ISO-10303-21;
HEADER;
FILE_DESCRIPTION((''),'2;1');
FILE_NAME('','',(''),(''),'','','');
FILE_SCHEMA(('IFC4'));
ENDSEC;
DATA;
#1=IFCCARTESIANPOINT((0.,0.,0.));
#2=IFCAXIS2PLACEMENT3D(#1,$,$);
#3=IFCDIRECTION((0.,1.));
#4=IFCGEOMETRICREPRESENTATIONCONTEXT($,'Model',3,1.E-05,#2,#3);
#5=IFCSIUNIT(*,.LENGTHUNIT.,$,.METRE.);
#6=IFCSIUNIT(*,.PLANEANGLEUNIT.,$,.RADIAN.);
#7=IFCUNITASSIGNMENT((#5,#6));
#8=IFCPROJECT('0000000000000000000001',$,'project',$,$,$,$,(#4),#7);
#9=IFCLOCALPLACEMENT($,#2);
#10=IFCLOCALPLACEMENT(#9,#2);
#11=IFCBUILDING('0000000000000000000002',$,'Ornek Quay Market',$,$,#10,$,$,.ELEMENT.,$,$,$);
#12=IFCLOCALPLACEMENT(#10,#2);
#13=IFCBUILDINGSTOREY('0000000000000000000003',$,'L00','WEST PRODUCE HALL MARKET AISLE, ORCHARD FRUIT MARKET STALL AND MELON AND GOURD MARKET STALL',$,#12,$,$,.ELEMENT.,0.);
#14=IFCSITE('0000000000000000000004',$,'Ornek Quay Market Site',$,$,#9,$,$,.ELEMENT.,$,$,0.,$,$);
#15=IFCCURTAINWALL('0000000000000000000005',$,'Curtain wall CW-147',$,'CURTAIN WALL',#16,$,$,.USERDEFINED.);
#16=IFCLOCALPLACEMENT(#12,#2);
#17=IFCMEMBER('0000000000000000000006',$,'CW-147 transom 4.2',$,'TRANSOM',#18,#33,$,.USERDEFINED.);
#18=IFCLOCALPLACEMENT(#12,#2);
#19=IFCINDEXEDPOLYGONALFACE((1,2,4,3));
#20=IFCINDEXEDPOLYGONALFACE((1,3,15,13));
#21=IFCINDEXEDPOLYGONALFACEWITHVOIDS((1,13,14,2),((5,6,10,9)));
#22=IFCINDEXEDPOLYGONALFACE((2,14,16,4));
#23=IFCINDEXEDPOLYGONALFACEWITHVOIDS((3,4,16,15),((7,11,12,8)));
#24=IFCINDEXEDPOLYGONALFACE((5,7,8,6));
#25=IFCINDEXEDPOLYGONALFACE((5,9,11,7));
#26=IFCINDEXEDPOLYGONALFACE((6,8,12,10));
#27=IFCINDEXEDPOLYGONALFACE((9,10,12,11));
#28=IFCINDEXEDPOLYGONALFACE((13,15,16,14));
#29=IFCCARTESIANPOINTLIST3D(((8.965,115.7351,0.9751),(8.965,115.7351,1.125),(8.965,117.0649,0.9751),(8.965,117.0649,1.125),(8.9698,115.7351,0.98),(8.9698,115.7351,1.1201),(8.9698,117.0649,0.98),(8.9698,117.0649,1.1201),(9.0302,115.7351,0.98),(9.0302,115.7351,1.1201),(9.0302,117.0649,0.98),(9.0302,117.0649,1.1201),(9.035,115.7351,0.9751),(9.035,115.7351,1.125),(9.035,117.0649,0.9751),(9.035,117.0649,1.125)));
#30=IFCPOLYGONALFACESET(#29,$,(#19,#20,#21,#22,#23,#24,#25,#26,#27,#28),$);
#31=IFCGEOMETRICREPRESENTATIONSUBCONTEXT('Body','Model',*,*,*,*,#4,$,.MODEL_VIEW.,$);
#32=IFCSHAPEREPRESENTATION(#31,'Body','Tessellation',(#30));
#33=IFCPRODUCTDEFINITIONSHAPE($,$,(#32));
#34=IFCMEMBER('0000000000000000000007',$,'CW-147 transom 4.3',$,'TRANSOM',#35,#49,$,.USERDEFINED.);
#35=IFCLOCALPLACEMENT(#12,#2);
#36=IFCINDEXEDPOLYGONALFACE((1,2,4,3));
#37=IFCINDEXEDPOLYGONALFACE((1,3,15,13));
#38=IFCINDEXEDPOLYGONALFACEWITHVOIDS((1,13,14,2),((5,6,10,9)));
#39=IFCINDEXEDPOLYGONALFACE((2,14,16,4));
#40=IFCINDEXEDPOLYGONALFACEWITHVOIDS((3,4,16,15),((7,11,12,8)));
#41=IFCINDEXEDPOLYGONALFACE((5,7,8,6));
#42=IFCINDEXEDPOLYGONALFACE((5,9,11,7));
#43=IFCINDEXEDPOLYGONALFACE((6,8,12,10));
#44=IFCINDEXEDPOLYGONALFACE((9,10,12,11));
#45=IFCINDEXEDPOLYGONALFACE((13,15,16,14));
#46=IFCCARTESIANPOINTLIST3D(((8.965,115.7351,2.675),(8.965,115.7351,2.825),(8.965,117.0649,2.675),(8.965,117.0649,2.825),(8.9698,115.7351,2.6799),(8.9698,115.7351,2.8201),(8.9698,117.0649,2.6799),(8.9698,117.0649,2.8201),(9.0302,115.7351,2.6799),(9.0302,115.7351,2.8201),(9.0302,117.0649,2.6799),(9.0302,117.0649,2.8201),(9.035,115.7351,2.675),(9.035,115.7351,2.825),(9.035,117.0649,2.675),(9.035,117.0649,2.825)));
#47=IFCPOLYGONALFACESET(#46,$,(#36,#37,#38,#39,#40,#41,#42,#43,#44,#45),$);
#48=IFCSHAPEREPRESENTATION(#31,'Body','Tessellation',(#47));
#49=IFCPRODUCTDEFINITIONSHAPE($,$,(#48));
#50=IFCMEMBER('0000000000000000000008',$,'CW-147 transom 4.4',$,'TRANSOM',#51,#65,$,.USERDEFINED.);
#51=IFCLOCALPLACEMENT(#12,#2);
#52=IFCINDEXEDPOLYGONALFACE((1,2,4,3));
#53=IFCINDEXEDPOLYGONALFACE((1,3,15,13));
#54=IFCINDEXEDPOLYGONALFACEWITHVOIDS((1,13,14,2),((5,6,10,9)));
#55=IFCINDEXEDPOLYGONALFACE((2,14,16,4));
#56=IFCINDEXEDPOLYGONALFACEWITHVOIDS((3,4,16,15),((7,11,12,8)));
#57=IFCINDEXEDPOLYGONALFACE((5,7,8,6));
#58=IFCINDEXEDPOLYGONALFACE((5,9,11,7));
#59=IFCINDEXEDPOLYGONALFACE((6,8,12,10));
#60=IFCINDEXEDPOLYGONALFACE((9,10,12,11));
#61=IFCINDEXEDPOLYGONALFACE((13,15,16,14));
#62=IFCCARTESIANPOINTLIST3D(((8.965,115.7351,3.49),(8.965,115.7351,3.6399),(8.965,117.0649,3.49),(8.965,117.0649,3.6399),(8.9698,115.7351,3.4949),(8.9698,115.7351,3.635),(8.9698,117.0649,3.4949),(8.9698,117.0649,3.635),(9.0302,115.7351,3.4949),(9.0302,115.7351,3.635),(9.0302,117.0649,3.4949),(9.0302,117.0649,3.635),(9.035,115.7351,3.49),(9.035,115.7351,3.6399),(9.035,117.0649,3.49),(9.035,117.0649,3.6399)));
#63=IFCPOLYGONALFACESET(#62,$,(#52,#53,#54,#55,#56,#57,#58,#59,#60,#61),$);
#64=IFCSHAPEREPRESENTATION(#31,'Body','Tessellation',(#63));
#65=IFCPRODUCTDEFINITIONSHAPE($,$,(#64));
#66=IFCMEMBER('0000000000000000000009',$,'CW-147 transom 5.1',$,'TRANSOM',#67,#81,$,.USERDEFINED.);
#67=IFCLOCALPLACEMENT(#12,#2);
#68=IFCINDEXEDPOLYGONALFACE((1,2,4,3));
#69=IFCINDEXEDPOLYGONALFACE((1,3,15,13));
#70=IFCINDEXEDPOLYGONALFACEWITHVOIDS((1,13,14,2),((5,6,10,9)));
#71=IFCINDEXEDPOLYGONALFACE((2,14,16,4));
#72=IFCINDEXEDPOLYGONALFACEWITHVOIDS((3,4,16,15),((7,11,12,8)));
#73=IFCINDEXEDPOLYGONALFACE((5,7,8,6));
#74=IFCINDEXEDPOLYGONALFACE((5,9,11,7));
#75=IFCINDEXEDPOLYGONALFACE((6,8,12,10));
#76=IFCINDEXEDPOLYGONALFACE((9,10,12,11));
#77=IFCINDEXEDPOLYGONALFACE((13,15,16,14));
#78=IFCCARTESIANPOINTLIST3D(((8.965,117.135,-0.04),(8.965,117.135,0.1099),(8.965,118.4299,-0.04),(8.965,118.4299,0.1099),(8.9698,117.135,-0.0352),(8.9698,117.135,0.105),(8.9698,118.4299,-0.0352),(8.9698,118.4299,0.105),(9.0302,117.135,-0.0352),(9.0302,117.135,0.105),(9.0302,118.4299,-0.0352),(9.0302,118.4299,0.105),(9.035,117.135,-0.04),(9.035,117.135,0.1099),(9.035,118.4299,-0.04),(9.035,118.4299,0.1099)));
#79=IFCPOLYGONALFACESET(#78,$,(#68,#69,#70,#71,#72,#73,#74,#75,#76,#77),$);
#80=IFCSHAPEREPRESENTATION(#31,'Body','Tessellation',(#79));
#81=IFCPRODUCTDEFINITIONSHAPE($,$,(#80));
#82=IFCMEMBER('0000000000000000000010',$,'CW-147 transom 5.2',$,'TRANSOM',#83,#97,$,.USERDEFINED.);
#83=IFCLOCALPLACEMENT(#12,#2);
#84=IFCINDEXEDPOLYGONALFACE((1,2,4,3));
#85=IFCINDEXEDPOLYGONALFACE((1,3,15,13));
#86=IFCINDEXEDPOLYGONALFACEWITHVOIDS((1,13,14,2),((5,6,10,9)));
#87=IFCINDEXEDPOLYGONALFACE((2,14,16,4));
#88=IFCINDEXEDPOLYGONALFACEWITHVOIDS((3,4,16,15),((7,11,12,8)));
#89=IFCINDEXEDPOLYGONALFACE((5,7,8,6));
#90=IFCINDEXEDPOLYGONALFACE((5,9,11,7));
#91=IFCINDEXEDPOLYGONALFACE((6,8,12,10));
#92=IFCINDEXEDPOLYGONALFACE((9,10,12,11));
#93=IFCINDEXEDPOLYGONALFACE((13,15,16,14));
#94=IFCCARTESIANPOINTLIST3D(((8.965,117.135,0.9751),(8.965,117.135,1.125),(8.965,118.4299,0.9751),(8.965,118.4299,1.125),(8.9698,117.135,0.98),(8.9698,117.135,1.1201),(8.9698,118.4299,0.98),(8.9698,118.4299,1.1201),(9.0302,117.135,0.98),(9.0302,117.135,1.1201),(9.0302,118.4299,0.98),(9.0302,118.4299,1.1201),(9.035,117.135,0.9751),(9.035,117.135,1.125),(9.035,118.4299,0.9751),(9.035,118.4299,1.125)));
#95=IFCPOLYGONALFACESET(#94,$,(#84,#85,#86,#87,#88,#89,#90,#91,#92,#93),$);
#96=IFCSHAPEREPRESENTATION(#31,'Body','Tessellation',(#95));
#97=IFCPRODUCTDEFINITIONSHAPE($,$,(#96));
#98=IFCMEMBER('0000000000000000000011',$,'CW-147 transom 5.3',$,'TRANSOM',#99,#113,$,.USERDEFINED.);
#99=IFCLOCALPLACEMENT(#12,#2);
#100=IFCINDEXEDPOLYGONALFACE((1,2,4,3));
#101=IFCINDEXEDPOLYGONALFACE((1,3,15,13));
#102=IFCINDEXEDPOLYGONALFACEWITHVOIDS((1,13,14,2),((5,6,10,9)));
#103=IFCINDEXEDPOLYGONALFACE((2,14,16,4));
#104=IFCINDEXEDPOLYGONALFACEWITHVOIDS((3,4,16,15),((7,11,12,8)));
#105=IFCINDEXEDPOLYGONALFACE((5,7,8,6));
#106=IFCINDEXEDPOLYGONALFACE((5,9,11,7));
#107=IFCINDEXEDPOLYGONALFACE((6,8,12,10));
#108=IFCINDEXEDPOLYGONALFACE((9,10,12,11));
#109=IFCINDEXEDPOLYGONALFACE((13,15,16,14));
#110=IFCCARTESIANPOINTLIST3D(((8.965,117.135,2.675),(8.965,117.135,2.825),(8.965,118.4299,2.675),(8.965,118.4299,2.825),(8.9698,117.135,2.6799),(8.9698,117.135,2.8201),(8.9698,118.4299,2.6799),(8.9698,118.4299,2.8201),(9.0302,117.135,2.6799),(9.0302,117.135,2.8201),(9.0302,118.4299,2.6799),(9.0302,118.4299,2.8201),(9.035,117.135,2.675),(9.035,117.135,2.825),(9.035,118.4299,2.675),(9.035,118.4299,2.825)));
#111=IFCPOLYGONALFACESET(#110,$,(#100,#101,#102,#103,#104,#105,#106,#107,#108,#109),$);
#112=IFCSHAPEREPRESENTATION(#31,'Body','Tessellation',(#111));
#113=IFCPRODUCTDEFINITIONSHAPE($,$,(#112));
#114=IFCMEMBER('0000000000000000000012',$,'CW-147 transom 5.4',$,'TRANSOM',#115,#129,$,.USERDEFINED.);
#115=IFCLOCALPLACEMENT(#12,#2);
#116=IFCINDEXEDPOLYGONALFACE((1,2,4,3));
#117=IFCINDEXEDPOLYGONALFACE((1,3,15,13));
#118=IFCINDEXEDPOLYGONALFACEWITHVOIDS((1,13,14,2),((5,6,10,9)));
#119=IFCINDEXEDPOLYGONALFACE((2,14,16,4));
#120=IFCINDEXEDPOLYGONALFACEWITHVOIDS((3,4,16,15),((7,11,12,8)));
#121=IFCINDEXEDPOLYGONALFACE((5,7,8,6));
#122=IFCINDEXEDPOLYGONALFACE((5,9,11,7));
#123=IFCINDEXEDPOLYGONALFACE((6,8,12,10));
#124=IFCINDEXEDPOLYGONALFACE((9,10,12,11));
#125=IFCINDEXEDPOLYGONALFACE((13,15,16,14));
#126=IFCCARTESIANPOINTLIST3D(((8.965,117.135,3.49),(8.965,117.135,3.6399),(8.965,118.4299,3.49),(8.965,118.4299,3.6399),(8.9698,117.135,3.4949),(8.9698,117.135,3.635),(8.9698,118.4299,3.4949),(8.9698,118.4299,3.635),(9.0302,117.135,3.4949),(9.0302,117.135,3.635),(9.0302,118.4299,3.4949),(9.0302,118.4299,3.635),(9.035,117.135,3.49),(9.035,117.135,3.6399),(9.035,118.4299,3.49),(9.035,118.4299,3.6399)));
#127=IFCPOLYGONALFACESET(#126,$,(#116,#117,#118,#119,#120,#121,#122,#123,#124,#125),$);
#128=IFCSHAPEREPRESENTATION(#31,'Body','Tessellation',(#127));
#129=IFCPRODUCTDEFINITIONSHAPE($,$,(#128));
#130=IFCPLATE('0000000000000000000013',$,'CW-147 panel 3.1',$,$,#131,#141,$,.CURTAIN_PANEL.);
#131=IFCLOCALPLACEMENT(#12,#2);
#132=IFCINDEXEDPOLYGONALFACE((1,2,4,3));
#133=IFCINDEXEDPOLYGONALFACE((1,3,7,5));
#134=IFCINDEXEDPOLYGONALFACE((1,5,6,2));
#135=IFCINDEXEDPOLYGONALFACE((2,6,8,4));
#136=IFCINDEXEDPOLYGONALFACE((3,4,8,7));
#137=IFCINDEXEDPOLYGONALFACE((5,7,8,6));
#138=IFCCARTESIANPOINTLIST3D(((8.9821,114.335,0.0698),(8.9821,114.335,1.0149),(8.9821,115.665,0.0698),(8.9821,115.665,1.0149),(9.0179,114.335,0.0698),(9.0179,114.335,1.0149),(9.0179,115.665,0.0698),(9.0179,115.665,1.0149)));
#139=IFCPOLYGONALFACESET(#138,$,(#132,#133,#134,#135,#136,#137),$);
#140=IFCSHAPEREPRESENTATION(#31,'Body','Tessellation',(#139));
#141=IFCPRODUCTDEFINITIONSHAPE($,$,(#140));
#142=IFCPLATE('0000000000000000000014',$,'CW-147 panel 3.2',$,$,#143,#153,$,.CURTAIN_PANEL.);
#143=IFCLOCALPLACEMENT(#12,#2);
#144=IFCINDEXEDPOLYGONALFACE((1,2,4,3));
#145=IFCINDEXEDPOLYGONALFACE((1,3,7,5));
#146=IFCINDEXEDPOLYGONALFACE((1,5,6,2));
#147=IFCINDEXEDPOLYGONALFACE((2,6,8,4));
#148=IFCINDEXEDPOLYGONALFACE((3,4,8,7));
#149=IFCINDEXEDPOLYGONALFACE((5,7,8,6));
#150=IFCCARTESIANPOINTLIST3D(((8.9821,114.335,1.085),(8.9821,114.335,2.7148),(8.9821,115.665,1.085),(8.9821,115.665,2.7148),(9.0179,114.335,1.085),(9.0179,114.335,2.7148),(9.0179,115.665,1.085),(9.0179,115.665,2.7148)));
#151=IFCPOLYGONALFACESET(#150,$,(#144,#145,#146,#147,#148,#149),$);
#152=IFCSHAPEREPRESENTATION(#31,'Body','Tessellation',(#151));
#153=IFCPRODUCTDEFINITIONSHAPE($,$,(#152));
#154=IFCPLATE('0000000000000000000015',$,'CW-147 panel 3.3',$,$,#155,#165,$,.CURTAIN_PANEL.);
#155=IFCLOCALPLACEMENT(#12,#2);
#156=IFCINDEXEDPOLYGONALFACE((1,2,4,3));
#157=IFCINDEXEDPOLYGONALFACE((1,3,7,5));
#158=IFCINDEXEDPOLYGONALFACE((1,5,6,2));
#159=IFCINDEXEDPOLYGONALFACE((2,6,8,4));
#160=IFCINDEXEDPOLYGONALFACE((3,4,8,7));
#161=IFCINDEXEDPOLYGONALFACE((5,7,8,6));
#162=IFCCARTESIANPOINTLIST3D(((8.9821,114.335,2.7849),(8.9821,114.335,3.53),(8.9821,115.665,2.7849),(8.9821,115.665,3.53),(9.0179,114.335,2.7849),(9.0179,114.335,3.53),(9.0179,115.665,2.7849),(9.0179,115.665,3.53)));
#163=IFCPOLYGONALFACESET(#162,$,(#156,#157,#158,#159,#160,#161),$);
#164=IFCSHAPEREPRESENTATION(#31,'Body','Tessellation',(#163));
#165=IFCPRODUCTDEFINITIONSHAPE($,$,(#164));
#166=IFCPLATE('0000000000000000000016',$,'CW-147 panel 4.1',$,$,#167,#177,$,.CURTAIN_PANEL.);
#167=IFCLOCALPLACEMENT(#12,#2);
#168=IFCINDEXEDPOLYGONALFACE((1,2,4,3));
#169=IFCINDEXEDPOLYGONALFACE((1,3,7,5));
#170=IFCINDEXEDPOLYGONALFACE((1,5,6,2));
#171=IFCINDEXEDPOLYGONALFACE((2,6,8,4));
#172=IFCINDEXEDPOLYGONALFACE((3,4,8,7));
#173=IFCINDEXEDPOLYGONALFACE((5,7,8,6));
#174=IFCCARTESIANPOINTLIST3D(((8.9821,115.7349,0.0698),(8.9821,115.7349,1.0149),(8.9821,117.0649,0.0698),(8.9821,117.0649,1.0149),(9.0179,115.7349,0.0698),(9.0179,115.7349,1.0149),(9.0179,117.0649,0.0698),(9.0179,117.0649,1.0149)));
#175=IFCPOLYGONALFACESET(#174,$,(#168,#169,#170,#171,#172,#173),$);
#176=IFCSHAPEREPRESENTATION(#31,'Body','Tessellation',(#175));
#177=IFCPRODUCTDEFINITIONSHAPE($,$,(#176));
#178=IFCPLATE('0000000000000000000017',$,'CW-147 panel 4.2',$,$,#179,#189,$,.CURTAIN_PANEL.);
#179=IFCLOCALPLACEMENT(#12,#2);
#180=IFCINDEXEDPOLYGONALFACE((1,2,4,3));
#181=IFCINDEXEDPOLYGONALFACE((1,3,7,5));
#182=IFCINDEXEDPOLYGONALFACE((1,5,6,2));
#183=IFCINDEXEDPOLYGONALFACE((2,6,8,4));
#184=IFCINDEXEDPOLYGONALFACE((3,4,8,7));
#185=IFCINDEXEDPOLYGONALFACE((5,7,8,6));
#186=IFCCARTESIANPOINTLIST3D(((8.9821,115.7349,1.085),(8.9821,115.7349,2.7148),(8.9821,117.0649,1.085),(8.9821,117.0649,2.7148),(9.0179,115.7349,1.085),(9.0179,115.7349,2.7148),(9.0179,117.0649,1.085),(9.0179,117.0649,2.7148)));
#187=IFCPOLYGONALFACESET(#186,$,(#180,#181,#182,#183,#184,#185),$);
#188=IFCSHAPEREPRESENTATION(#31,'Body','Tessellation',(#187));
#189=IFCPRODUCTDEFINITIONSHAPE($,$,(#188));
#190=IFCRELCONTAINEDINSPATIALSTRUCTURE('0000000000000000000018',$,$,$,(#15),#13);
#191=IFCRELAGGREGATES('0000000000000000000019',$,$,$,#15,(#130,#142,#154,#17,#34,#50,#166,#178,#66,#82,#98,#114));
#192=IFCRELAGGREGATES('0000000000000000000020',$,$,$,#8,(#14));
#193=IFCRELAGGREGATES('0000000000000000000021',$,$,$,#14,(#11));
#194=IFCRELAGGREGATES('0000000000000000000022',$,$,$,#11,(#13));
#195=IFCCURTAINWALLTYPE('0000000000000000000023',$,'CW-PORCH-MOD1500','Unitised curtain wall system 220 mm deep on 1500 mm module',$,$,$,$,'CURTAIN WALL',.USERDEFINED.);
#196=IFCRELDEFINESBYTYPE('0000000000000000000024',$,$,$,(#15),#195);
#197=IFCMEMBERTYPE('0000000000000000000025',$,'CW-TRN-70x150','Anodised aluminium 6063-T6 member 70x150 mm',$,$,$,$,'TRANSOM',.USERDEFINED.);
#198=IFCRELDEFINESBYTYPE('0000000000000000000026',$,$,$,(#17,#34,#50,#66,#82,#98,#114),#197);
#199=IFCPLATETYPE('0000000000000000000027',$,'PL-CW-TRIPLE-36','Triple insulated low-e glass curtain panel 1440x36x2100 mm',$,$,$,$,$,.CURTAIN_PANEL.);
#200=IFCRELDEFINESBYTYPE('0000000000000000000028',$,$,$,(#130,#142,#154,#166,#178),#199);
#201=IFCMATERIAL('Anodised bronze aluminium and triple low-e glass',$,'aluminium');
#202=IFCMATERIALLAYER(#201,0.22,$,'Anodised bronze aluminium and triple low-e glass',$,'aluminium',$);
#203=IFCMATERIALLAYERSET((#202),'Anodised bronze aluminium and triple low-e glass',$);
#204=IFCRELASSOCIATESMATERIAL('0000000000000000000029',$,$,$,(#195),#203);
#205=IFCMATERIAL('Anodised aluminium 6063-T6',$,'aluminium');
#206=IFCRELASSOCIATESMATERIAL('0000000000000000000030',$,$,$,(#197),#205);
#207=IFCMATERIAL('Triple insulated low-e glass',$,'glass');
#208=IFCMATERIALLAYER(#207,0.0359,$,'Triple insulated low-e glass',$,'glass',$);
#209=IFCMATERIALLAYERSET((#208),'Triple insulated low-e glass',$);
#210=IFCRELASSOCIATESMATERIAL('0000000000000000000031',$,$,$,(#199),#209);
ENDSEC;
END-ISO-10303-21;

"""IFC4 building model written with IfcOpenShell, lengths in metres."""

from ifc_helpers import new_model, si_unit, direction, frame, origin, origin_2d, place, context, subcontext, project, spatial, rectangle, hollow_rectangle, extrude, material, layer, layer_set, material_profile, profile_set, type_object, element, aggregate, save


model = new_model("IFC4")

# Units and contexts
model_context = context("Model", 3, precision=1e-05, world=origin(), true_north=direction((0.0, 1.0)))
body_context = subcontext(model_context, "Body", "Model", "MODEL_VIEW")
ifc_project = project(units=[si_unit("LENGTHUNIT", "METRE"), si_unit("PLANEANGLEUNIT", "RADIAN")], contexts=[model_context])

# Site, building, storey
site_placement = place(None, origin())
site = spatial("IfcSite", under=ifc_project, at=site_placement, Name="Ornek Quay Market Site", CompositionType="ELEMENT", RefElevation=0.0)
building_placement = place(site_placement, origin())
building = spatial("IfcBuilding", under=site, at=building_placement, Name="Ornek Quay Market", CompositionType="ELEMENT")
storey_placement = place(building_placement, origin())
storey = spatial("IfcBuildingStorey", under=building, at=storey_placement, Name="L00", Description="WEST PRODUCE HALL MARKET AISLE, ORCHARD FRUIT MARKET STALL AND MELON AND GOURD MARKET STALL", CompositionType="ELEMENT", Elevation=0.0)

# Curtain wall, members, plates
ifc_material_1 = material(Name="Anodised bronze aluminium and triple low-e glass", Category="aluminium")
ifc_layer_1 = layer(ifc_material_1, 0.22, Name="Anodised bronze aluminium and triple low-e glass", Category="aluminium")
ifc_layer_set_1 = layer_set([ifc_layer_1], Name="Anodised bronze aluminium and triple low-e glass")
curtain_wall_type = type_object("IfcCurtainWallType", Name="CW-PORCH-MOD1500", Description="Unitised curtain wall system 220 mm deep on 1500 mm module", ElementType="CURTAIN WALL", PredefinedType="USERDEFINED", material=ifc_layer_set_1)
curtain_wall_placement = place(storey_placement, origin())
curtain_wall = element("IfcCurtainWall", 1, at=curtain_wall_placement, inside=storey, type_object=curtain_wall_type, Name="Curtain wall CW-147", ObjectType="CURTAIN WALL", PredefinedType="USERDEFINED")
ifc_material_2 = material(Name="Anodised aluminium 6063-T6", Category="aluminium")
ifc_material_profile_1 = material_profile(ifc_material_2, hollow_rectangle(XDim=0.0701, YDim=0.1499, WallThickness=0.0049, at=origin_2d()), Name="CW-TRN-70x150", Category="aluminium")
ifc_profile_set_1 = profile_set([ifc_material_profile_1], Name="Anodised aluminium 6063-T6")
member_type_1 = type_object("IfcMemberType", Name="CW-TRN-70x150", Description="Anodised aluminium 6063-T6 member 70x150 mm", ElementType="TRANSOM", PredefinedType="USERDEFINED", material=ifc_profile_set_1)
member_1_placement = place(storey_placement, frame((9.0, 115.7351, 1.05), z_axis=(0.0, 1.0, 0.0), x_axis=(-1.0, 0.0, 0.0)))
member_1 = element("IfcMember", 2, at=member_1_placement, type_object=member_type_1, Name="CW-147 transom 4.2", ObjectType="TRANSOM", PredefinedType="USERDEFINED", context=body_context, shape_type="SweptSolid", body=[
    extrude(hollow_rectangle(XDim=0.0701, YDim=0.1499, WallThickness=0.0049, at=origin_2d()), origin(), (0.0, 0.0, 1.0), 1.3298),
])
member_2_placement = place(storey_placement, frame((9.0, 115.7351, 2.75), z_axis=(0.0, 1.0, 0.0), x_axis=(-1.0, 0.0, 0.0)))
member_2 = element("IfcMember", 3, at=member_2_placement, type_object=member_type_1, Name="CW-147 transom 4.3", ObjectType="TRANSOM", PredefinedType="USERDEFINED", context=body_context, shape_type="SweptSolid", body=[
    extrude(hollow_rectangle(XDim=0.0701, YDim=0.1499, WallThickness=0.0049, at=origin_2d()), origin(), (0.0, 0.0, 1.0), 1.3298),
])
member_3_placement = place(storey_placement, frame((9.0, 115.7351, 3.5649), z_axis=(0.0, 1.0, 0.0), x_axis=(-1.0, 0.0, 0.0)))
member_3 = element("IfcMember", 4, at=member_3_placement, type_object=member_type_1, Name="CW-147 transom 4.4", ObjectType="TRANSOM", PredefinedType="USERDEFINED", context=body_context, shape_type="SweptSolid", body=[
    extrude(hollow_rectangle(XDim=0.0701, YDim=0.1499, WallThickness=0.0049, at=origin_2d()), origin(), (0.0, 0.0, 1.0), 1.3298),
])
member_4_placement = place(storey_placement, frame((9.0, 117.135, 0.0349), z_axis=(0.0, 1.0, 0.0), x_axis=(-1.0, 0.0, 0.0)))
member_4 = element("IfcMember", 5, at=member_4_placement, type_object=member_type_1, Name="CW-147 transom 5.1", ObjectType="TRANSOM", PredefinedType="USERDEFINED", context=body_context, shape_type="SweptSolid", body=[
    extrude(hollow_rectangle(XDim=0.0701, YDim=0.1499, WallThickness=0.0049, at=origin_2d()), origin(), (0.0, 0.0, 1.0), 1.2949),
])
member_5_placement = place(storey_placement, frame((9.0, 117.135, 1.05), z_axis=(0.0, 1.0, 0.0), x_axis=(-1.0, 0.0, 0.0)))
member_5 = element("IfcMember", 6, at=member_5_placement, type_object=member_type_1, Name="CW-147 transom 5.2", ObjectType="TRANSOM", PredefinedType="USERDEFINED", context=body_context, shape_type="SweptSolid", body=[
    extrude(hollow_rectangle(XDim=0.0701, YDim=0.1499, WallThickness=0.0049, at=origin_2d()), origin(), (0.0, 0.0, 1.0), 1.2949),
])
member_6_placement = place(storey_placement, frame((9.0, 117.135, 2.75), z_axis=(0.0, 1.0, 0.0), x_axis=(-1.0, 0.0, 0.0)))
member_6 = element("IfcMember", 7, at=member_6_placement, type_object=member_type_1, Name="CW-147 transom 5.3", ObjectType="TRANSOM", PredefinedType="USERDEFINED", context=body_context, shape_type="SweptSolid", body=[
    extrude(hollow_rectangle(XDim=0.0701, YDim=0.1499, WallThickness=0.0049, at=origin_2d()), origin(), (0.0, 0.0, 1.0), 1.2949),
])
member_7_placement = place(storey_placement, frame((9.0, 117.135, 3.5649), z_axis=(0.0, 1.0, 0.0), x_axis=(-1.0, 0.0, 0.0)))
member_7 = element("IfcMember", 8, at=member_7_placement, type_object=member_type_1, Name="CW-147 transom 5.4", ObjectType="TRANSOM", PredefinedType="USERDEFINED", context=body_context, shape_type="SweptSolid", body=[
    extrude(hollow_rectangle(XDim=0.0701, YDim=0.1499, WallThickness=0.0049, at=origin_2d()), origin(), (0.0, 0.0, 1.0), 1.2949),
])
ifc_material_3 = material(Name="Triple insulated low-e glass", Category="glass")
ifc_layer_2 = layer(ifc_material_3, 0.0359, Name="Triple insulated low-e glass", Category="glass")
ifc_layer_set_2 = layer_set([ifc_layer_2], Name="Triple insulated low-e glass")
plate_type = type_object("IfcPlateType", Name="PL-CW-TRIPLE-36", Description="Triple insulated low-e glass curtain panel 1440x36x2100 mm", PredefinedType="CURTAIN_PANEL", material=ifc_layer_set_2)
plate_1_placement = place(storey_placement, frame((9.0, 115.0, 0.0698), z_axis=(0.0, 0.0, 1.0), x_axis=(0.0, 1.0, 0.0)))
plate_1 = element("IfcPlate", 9, at=plate_1_placement, type_object=plate_type, Name="CW-147 panel 3.1", PredefinedType="CURTAIN_PANEL", context=body_context, shape_type="SweptSolid", body=[
    extrude(rectangle(XDim=1.3301, YDim=0.0359, at=origin_2d()), origin(), (0.0, 0.0, 1.0), 0.9451),
])
plate_2_placement = place(storey_placement, frame((9.0, 115.0, 1.085), z_axis=(0.0, 0.0, 1.0), x_axis=(0.0, 1.0, 0.0)))
plate_2 = element("IfcPlate", 10, at=plate_2_placement, type_object=plate_type, Name="CW-147 panel 3.2", PredefinedType="CURTAIN_PANEL", context=body_context, shape_type="SweptSolid", body=[
    extrude(rectangle(XDim=1.3301, YDim=0.0359, at=origin_2d()), origin(), (0.0, 0.0, 1.0), 1.6299),
])
plate_3_placement = place(storey_placement, frame((9.0, 115.0, 2.7849), z_axis=(0.0, 0.0, 1.0), x_axis=(0.0, 1.0, 0.0)))
plate_3 = element("IfcPlate", 11, at=plate_3_placement, type_object=plate_type, Name="CW-147 panel 3.3", PredefinedType="CURTAIN_PANEL", context=body_context, shape_type="SweptSolid", body=[
    extrude(rectangle(XDim=1.3301, YDim=0.0359, at=origin_2d()), origin(), (0.0, 0.0, 1.0), 0.7451),
])
plate_4_placement = place(storey_placement, frame((9.0, 116.3999, 0.0698), z_axis=(0.0, 0.0, 1.0), x_axis=(0.0, 1.0, 0.0)))
plate_4 = element("IfcPlate", 12, at=plate_4_placement, type_object=plate_type, Name="CW-147 panel 4.1", PredefinedType="CURTAIN_PANEL", context=body_context, shape_type="SweptSolid", body=[
    extrude(rectangle(XDim=1.3301, YDim=0.0359, at=origin_2d()), origin(), (0.0, 0.0, 1.0), 0.9451),
])
plate_5_placement = place(storey_placement, frame((9.0, 116.3999, 1.085), z_axis=(0.0, 0.0, 1.0), x_axis=(0.0, 1.0, 0.0)))
plate_5 = element("IfcPlate", 13, at=plate_5_placement, type_object=plate_type, Name="CW-147 panel 4.2", PredefinedType="CURTAIN_PANEL", context=body_context, shape_type="SweptSolid", body=[
    extrude(rectangle(XDim=1.3301, YDim=0.0359, at=origin_2d()), origin(), (0.0, 0.0, 1.0), 1.6299),
])
aggregate(curtain_wall, [plate_1, plate_2, plate_3, member_1, member_2, member_3, plate_4, plate_5, member_4, member_5, member_6, member_7])

save(model, "model.ifc")
